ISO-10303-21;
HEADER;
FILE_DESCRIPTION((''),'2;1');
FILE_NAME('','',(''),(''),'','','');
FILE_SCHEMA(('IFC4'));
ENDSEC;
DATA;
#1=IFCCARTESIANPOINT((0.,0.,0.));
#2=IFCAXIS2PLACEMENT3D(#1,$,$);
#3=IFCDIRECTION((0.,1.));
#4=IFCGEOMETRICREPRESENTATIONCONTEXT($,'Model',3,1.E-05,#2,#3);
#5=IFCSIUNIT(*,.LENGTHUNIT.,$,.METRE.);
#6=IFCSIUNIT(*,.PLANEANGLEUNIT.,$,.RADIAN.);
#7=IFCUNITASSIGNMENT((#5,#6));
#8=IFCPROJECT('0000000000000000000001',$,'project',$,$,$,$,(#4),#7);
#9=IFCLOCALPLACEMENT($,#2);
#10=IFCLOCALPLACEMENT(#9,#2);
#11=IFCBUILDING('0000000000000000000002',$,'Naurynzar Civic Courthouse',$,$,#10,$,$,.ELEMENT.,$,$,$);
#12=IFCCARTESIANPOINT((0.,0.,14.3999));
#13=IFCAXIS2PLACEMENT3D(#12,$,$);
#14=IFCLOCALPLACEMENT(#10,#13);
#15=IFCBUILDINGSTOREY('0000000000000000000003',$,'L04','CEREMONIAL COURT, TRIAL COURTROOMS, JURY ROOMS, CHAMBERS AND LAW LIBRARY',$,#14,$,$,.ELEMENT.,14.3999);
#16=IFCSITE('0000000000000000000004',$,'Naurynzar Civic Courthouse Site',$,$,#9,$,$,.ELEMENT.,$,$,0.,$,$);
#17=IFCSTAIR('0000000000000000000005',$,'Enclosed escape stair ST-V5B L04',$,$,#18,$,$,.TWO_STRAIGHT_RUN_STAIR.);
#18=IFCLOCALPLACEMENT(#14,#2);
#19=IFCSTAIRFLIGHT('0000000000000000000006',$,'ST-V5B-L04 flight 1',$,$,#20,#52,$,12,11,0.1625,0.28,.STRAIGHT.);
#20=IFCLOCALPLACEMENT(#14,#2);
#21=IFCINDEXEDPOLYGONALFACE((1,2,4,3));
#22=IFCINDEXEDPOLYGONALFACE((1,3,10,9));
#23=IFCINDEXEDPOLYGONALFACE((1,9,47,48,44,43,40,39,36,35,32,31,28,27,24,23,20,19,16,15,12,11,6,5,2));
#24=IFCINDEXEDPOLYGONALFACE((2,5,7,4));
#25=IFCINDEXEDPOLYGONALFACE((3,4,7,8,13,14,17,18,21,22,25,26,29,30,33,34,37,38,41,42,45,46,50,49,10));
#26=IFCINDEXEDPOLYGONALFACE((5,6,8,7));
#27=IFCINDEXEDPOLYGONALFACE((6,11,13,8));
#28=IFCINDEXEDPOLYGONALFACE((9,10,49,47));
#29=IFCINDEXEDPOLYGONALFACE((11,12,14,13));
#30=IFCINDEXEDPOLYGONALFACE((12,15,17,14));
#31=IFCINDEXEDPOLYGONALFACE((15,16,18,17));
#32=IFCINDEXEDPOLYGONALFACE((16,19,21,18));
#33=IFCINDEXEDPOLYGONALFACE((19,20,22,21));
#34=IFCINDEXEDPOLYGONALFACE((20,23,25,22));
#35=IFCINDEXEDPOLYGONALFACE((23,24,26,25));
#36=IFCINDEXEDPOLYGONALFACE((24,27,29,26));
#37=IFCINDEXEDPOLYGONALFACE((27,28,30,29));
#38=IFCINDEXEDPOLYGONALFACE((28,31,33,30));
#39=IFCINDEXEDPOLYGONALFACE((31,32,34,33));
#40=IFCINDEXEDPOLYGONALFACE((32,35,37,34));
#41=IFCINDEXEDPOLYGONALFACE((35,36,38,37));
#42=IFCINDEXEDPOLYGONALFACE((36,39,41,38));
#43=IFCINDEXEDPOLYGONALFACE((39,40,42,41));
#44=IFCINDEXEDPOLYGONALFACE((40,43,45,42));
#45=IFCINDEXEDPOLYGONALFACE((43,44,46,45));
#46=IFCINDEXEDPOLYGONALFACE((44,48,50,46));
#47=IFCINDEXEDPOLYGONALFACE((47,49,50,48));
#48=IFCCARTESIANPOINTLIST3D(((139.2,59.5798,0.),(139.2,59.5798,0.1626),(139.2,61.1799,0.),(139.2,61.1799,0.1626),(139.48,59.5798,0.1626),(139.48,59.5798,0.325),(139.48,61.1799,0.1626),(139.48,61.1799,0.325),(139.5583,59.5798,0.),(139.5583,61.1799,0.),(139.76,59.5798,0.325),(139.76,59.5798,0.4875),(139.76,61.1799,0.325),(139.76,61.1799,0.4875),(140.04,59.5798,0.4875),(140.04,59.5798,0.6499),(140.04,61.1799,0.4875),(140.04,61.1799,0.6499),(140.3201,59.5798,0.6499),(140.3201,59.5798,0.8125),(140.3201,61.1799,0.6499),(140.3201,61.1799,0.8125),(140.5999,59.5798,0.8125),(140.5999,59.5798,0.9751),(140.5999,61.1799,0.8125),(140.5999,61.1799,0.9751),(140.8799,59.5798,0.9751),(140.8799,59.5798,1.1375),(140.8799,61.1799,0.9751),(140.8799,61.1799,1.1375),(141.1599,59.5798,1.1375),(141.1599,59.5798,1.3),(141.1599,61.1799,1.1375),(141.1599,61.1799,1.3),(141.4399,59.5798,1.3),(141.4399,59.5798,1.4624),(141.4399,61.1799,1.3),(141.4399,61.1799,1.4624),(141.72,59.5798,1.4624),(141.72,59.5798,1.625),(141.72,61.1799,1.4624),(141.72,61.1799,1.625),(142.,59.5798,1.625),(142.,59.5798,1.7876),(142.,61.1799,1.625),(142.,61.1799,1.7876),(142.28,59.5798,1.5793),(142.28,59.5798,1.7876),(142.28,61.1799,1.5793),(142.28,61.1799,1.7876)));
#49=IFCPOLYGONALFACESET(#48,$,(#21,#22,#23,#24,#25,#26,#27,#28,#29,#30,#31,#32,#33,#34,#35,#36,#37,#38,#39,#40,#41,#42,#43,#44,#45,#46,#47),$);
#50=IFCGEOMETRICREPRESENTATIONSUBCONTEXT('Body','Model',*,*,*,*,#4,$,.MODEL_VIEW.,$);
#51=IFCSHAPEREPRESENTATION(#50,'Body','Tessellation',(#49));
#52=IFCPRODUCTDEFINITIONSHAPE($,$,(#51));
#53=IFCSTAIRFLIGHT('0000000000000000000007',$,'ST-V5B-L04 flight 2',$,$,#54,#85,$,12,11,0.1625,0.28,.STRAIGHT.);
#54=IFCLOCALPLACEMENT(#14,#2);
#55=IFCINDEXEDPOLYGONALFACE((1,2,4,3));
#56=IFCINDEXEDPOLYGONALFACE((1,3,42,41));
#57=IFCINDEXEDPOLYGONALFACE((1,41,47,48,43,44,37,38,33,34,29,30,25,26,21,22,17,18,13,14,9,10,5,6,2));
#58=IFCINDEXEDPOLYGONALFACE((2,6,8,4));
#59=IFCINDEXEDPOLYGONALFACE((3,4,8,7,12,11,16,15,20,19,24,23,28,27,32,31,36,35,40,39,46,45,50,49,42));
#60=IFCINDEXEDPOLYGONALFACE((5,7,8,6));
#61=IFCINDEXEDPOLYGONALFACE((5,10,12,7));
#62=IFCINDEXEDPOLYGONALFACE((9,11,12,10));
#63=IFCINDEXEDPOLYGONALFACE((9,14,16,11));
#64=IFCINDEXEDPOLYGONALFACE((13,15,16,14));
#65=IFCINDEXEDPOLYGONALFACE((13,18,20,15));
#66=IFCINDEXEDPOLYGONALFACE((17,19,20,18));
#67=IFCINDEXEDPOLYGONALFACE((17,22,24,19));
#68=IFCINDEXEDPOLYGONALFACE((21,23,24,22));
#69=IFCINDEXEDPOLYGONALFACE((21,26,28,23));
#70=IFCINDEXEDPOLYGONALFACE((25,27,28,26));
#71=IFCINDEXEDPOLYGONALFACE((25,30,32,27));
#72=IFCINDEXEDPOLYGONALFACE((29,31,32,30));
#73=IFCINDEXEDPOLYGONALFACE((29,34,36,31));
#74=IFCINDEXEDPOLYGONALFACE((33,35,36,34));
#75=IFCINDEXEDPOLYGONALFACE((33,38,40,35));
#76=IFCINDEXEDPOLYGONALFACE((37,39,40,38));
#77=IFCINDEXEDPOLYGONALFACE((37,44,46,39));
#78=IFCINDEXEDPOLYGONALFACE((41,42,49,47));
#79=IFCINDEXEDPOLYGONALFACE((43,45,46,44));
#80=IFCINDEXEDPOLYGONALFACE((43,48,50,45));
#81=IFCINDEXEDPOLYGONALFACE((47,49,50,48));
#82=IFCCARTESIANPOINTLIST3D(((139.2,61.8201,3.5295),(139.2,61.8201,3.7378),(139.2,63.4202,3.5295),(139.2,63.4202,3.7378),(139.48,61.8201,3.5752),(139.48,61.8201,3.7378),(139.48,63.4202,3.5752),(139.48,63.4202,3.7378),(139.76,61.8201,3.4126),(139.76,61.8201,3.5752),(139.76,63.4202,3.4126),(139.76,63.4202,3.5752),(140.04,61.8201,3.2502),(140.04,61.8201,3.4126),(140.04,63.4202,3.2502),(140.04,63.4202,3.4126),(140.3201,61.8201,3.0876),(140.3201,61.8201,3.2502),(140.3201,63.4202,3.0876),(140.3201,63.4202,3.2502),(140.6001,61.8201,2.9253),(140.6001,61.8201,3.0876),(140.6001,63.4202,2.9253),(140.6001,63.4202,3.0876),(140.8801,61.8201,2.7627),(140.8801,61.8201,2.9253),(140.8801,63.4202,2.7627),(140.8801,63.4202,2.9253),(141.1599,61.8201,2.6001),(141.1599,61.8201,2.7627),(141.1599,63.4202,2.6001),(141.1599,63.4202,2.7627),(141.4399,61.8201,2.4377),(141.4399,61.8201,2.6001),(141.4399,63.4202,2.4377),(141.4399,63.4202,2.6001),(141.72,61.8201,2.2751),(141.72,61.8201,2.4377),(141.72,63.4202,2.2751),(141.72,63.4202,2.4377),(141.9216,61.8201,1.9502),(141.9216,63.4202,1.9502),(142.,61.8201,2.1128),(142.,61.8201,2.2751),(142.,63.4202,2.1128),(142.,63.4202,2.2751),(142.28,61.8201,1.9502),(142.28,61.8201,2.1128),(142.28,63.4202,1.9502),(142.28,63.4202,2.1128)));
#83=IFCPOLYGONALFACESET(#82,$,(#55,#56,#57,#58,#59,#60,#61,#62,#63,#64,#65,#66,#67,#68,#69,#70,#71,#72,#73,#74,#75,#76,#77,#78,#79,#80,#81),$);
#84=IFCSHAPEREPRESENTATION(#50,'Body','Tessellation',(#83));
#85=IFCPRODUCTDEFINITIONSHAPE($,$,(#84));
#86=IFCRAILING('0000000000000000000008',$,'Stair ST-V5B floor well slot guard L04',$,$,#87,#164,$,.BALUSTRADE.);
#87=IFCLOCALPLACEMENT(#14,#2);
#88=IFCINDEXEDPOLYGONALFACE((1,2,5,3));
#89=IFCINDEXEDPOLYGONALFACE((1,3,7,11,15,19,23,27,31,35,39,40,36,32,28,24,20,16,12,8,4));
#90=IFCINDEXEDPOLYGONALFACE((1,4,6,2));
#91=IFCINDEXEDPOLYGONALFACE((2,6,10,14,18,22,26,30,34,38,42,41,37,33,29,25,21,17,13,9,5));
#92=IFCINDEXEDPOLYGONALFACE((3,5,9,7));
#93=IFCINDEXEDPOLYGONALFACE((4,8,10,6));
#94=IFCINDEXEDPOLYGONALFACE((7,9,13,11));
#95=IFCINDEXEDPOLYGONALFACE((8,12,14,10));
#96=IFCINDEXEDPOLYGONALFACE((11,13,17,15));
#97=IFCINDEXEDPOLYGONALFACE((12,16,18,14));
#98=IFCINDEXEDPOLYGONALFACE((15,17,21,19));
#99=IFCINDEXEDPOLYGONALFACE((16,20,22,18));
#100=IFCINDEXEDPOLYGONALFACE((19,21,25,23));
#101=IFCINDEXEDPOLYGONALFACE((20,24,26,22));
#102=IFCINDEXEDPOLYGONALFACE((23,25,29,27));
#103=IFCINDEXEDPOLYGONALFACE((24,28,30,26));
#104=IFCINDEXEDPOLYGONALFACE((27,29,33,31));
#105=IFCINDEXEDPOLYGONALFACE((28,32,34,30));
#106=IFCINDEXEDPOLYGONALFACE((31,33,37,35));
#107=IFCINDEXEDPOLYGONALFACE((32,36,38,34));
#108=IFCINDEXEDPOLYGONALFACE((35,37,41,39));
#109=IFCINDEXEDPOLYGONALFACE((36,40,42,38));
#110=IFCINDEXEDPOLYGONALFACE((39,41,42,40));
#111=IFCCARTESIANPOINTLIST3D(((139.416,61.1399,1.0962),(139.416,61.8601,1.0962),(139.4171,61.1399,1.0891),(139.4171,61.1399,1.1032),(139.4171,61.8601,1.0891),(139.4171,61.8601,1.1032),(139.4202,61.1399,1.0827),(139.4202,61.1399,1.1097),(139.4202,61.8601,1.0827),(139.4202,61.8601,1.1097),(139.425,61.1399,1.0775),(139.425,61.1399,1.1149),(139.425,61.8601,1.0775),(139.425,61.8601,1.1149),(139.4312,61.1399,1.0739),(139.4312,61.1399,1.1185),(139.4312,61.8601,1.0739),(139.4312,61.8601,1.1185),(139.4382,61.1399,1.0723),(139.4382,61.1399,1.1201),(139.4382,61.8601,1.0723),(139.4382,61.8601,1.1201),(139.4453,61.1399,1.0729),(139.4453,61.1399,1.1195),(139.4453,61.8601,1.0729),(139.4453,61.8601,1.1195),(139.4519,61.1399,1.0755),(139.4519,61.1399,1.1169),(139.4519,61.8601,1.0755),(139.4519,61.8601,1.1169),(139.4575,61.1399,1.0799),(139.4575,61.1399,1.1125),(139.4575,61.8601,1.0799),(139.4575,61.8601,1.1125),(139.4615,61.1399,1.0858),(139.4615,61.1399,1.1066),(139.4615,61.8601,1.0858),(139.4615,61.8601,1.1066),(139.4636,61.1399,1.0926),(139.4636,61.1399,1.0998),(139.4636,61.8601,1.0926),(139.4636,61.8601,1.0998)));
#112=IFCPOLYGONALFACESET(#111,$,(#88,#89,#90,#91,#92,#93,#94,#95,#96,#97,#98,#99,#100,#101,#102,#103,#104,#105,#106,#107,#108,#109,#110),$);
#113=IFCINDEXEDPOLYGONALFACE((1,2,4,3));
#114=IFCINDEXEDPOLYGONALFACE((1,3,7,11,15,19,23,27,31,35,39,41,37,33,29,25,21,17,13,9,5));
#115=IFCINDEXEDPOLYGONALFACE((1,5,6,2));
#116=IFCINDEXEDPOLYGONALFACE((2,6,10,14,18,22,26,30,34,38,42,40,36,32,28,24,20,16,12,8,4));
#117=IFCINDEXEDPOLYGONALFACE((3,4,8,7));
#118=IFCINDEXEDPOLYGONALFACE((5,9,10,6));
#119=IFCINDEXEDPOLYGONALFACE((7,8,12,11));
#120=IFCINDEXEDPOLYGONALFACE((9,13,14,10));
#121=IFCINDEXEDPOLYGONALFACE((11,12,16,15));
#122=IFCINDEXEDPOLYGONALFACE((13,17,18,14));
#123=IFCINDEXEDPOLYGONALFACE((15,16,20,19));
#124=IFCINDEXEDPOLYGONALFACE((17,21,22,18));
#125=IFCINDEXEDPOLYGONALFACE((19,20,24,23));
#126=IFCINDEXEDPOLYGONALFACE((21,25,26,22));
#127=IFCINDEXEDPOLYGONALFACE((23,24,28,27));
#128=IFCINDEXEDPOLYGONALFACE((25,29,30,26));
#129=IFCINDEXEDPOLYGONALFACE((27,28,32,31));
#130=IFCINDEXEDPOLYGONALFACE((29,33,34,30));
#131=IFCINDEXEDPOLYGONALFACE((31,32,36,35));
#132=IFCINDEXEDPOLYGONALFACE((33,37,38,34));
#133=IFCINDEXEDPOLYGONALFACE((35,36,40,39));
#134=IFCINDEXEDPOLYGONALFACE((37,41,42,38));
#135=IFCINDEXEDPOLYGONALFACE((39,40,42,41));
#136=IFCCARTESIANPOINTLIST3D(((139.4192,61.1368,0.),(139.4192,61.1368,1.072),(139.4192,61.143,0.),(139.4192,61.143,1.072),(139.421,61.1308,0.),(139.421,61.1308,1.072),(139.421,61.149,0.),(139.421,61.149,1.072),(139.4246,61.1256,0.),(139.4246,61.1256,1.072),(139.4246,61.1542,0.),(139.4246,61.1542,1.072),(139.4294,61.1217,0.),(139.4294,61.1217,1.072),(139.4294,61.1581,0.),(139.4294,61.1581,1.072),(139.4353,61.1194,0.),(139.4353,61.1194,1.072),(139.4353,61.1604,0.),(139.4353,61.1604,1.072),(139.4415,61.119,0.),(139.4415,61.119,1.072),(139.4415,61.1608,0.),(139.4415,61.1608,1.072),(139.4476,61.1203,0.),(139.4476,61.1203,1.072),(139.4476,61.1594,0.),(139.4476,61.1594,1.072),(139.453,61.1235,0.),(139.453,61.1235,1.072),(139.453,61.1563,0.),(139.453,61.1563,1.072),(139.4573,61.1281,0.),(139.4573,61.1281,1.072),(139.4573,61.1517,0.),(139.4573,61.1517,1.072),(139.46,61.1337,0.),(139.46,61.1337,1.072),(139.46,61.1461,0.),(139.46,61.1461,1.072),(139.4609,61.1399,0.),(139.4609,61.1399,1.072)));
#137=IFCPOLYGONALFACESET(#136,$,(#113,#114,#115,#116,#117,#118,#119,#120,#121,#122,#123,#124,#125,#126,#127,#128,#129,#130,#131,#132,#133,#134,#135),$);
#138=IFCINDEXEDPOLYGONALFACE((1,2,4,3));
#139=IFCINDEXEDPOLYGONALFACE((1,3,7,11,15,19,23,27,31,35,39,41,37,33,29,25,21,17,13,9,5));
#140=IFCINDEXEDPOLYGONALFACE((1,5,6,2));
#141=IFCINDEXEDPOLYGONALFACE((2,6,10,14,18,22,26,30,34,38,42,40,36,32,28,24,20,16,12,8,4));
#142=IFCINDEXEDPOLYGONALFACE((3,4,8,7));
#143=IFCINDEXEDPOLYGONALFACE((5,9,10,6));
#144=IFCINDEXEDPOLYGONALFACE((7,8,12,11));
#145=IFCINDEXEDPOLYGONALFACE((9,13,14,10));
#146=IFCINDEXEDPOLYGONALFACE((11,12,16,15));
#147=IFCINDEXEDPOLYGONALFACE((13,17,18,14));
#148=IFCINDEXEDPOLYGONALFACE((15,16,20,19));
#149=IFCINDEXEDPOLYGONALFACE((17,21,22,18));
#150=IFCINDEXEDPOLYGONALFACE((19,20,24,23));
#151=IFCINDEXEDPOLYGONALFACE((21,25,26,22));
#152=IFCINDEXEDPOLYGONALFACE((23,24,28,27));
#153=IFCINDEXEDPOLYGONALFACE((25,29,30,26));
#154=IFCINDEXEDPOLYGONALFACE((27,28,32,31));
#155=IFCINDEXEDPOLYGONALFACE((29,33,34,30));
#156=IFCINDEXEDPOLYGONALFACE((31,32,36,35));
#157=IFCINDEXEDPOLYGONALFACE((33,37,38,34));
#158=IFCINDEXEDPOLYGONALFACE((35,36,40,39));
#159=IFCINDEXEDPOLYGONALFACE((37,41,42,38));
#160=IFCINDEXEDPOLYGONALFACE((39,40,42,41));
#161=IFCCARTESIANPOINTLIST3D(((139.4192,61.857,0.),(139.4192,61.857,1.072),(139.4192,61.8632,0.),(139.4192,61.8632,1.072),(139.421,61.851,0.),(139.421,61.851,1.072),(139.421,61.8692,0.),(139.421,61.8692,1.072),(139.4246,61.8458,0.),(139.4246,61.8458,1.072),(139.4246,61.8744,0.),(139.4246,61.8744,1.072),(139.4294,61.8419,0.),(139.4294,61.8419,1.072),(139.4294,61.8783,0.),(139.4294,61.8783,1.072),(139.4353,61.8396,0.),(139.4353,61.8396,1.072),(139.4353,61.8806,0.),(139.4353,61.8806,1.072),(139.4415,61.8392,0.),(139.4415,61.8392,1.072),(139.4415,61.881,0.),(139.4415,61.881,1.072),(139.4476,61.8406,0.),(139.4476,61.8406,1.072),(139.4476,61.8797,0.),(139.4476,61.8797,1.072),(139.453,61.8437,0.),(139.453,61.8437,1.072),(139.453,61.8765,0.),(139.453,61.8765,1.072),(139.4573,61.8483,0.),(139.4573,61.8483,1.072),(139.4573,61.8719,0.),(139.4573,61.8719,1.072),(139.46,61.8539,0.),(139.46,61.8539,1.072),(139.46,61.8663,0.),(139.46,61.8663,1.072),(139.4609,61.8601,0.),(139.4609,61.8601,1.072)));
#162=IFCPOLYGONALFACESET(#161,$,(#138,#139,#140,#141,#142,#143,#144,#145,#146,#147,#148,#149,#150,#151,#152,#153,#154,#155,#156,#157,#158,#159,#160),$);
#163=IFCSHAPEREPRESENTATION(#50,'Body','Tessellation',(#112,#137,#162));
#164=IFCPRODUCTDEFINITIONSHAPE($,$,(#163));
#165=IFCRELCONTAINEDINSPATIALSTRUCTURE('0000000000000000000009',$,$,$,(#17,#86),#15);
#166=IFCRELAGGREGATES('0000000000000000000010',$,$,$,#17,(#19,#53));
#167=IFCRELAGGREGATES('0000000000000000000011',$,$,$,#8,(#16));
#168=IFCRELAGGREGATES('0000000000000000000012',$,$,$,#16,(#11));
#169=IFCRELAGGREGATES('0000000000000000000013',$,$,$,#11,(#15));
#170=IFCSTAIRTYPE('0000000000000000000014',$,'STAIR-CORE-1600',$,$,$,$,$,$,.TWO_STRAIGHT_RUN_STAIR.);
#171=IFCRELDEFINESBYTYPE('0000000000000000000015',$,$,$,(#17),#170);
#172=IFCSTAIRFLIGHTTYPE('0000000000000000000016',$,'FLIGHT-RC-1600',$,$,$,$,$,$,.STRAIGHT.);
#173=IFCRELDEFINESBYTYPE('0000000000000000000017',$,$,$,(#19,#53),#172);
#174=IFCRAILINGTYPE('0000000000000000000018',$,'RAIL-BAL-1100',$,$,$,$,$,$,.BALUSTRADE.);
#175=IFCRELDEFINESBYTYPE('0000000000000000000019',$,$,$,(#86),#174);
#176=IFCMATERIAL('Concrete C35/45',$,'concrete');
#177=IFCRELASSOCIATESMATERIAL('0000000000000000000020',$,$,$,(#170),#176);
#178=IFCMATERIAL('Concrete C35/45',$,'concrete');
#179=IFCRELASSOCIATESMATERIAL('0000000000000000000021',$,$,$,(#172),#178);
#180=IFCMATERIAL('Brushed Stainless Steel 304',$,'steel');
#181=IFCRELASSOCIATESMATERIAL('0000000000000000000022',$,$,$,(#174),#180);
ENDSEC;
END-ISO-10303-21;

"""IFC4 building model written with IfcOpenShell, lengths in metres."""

from ifc_helpers import new_model, si_unit, direction, frame, origin, origin_2d, place, context, subcontext, project, spatial, polyline, circle, outline, extrude, material, type_object, element, aggregate, save


model = new_model("IFC4")

# Units and contexts
model_context = context("Model", 3, precision=1e-05, world=origin(), true_north=direction((0.0, 1.0)))
body_context = subcontext(model_context, "Body", "Model", "MODEL_VIEW")
ifc_project = project(units=[si_unit("LENGTHUNIT", "METRE"), si_unit("PLANEANGLEUNIT", "RADIAN")], contexts=[model_context])

# Site, building, storey
site_placement = place(None, origin())
site = spatial("IfcSite", under=ifc_project, at=site_placement, Name="Naurynzar Civic Courthouse Site", CompositionType="ELEMENT", RefElevation=0.0)
building_placement = place(site_placement, origin())
building = spatial("IfcBuilding", under=site, at=building_placement, Name="Naurynzar Civic Courthouse", CompositionType="ELEMENT")
storey_placement = place(building_placement, frame((0.0, 0.0, 14.3999)))
storey = spatial("IfcBuildingStorey", under=building, at=storey_placement, Name="L04", Description="CEREMONIAL COURT, TRIAL COURTROOMS, JURY ROOMS, CHAMBERS AND LAW LIBRARY", CompositionType="ELEMENT", Elevation=14.3999)

# Stair, stair flights
ifc_material_1 = material(Name="Concrete C35/45", Category="concrete")
stair_type = type_object("IfcStairType", Name="STAIR-CORE-1600", PredefinedType="TWO_STRAIGHT_RUN_STAIR", material=ifc_material_1)
stair_placement = place(storey_placement, origin())
stair = element("IfcStair", 1, at=stair_placement, inside=storey, type_object=stair_type, Name="Enclosed escape stair ST-V5B L04", PredefinedType="TWO_STRAIGHT_RUN_STAIR")
ifc_material_2 = material(Name="Concrete C35/45", Category="concrete")
stair_flight_type = type_object("IfcStairFlightType", Name="FLIGHT-RC-1600", PredefinedType="STRAIGHT", material=ifc_material_2)
stair_flight_1_placement = place(storey_placement, frame((139.2, 60.3799, 0.0), z_axis=(0.0, 0.0, 1.0), x_axis=(1.0, 0.0, 0.0)))
stair_flight_1 = element("IfcStairFlight", 2, at=stair_flight_1_placement, type_object=stair_flight_type, Name="ST-V5B-L04 flight 1", NumberOfRisers=12, NumberOfTreads=11, PredefinedType="STRAIGHT", RiserHeight=0.1625, TreadLength=0.28, context=body_context, shape_type="SweptSolid", body=[
    extrude(outline(polyline([(0.0, 0.0), (0.0, 0.1626), (0.28, 0.1626), (0.28, 0.325), (0.5601, 0.325), (0.5601, 0.4875), (0.8401, 0.4875), (0.8401, 0.6499), (1.1201, 0.6499), (1.1201, 0.8125), (1.3999, 0.8125), (1.3999, 0.9751), (1.6799, 0.9751), (1.6799, 1.1375), (1.96, 1.1375), (1.96, 1.3), (2.24, 1.3), (2.24, 1.4624), (2.52, 1.4624), (2.52, 1.625), (2.8, 1.625), (2.8, 1.7876), (3.0801, 1.7876), (3.0801, 1.95), (3.0801, 1.5793), (0.3584, 0.0), (0.0, 0.0)])), frame((0.0, 0.8, 0.0), z_axis=(0.0, -1.0, 0.0), x_axis=(1.0, 0.0, 0.0)), (0.0, 0.0, 1.0), 1.6001),
])
stair_flight_2_placement = place(storey_placement, frame((142.28, 62.6201, 1.9502), z_axis=(0.0, 0.0, 1.0), x_axis=(-1.0, 0.0, 0.0)))
stair_flight_2 = element("IfcStairFlight", 3, at=stair_flight_2_placement, type_object=stair_flight_type, Name="ST-V5B-L04 flight 2", NumberOfRisers=12, NumberOfTreads=11, PredefinedType="STRAIGHT", RiserHeight=0.1625, TreadLength=0.28, context=body_context, shape_type="SweptSolid", body=[
    extrude(outline(polyline([(0.0, 0.0), (0.0, 0.1626), (0.28, 0.1626), (0.28, 0.325), (0.5601, 0.325), (0.5601, 0.4875), (0.8401, 0.4875), (0.8401, 0.6499), (1.1201, 0.6499), (1.1201, 0.8125), (1.3999, 0.8125), (1.3999, 0.9751), (1.6799, 0.9751), (1.6799, 1.1375), (1.96, 1.1375), (1.96, 1.3), (2.24, 1.3), (2.24, 1.4624), (2.52, 1.4624), (2.52, 1.625), (2.8, 1.625), (2.8, 1.7876), (3.0801, 1.7876), (3.0801, 1.95), (3.0801, 1.5793), (0.3584, 0.0), (0.0, 0.0)])), frame((0.0, 0.8, 0.0), z_axis=(0.0, -1.0, 0.0), x_axis=(1.0, 0.0, 0.0)), (0.0, 0.0, 1.0), 1.6001),
])
aggregate(stair, [stair_flight_1, stair_flight_2])

# Railing
ifc_material_3 = material(Name="Brushed Stainless Steel 304", Category="steel")
railing_type_1 = type_object("IfcRailingType", Name="RAIL-BAL-1100", PredefinedType="BALUSTRADE", material=ifc_material_3)
for number, where, name in (
    (4, (139.4399, 61.1399, 0.0), "Stair ST-V5B floor well slot guard L04"),
):
    element("IfcRailing", number, at=place(storey_placement, frame(where)), inside=storey, type_object=railing_type_1, Name=name, PredefinedType="BALUSTRADE", context=body_context, shape_type="SweptSolid", body=[
        extrude(circle(Radius=0.0239, at=origin_2d()), frame((0.0, 0.0, 1.0962), z_axis=(0.0, 1.0, 0.0), x_axis=(-1.0, 0.0, 0.0)), (0.0, 0.0, 1.0), 0.7202),
        extrude(circle(Radius=0.021, at=origin_2d()), origin(), (0.0, 0.0, 1.0), 1.072),
        extrude(circle(Radius=0.021, at=origin_2d()), frame((0.0, 0.7202, 0.0)), (0.0, 0.0, 1.0), 1.072),
    ])

save(model, "model.ifc")
